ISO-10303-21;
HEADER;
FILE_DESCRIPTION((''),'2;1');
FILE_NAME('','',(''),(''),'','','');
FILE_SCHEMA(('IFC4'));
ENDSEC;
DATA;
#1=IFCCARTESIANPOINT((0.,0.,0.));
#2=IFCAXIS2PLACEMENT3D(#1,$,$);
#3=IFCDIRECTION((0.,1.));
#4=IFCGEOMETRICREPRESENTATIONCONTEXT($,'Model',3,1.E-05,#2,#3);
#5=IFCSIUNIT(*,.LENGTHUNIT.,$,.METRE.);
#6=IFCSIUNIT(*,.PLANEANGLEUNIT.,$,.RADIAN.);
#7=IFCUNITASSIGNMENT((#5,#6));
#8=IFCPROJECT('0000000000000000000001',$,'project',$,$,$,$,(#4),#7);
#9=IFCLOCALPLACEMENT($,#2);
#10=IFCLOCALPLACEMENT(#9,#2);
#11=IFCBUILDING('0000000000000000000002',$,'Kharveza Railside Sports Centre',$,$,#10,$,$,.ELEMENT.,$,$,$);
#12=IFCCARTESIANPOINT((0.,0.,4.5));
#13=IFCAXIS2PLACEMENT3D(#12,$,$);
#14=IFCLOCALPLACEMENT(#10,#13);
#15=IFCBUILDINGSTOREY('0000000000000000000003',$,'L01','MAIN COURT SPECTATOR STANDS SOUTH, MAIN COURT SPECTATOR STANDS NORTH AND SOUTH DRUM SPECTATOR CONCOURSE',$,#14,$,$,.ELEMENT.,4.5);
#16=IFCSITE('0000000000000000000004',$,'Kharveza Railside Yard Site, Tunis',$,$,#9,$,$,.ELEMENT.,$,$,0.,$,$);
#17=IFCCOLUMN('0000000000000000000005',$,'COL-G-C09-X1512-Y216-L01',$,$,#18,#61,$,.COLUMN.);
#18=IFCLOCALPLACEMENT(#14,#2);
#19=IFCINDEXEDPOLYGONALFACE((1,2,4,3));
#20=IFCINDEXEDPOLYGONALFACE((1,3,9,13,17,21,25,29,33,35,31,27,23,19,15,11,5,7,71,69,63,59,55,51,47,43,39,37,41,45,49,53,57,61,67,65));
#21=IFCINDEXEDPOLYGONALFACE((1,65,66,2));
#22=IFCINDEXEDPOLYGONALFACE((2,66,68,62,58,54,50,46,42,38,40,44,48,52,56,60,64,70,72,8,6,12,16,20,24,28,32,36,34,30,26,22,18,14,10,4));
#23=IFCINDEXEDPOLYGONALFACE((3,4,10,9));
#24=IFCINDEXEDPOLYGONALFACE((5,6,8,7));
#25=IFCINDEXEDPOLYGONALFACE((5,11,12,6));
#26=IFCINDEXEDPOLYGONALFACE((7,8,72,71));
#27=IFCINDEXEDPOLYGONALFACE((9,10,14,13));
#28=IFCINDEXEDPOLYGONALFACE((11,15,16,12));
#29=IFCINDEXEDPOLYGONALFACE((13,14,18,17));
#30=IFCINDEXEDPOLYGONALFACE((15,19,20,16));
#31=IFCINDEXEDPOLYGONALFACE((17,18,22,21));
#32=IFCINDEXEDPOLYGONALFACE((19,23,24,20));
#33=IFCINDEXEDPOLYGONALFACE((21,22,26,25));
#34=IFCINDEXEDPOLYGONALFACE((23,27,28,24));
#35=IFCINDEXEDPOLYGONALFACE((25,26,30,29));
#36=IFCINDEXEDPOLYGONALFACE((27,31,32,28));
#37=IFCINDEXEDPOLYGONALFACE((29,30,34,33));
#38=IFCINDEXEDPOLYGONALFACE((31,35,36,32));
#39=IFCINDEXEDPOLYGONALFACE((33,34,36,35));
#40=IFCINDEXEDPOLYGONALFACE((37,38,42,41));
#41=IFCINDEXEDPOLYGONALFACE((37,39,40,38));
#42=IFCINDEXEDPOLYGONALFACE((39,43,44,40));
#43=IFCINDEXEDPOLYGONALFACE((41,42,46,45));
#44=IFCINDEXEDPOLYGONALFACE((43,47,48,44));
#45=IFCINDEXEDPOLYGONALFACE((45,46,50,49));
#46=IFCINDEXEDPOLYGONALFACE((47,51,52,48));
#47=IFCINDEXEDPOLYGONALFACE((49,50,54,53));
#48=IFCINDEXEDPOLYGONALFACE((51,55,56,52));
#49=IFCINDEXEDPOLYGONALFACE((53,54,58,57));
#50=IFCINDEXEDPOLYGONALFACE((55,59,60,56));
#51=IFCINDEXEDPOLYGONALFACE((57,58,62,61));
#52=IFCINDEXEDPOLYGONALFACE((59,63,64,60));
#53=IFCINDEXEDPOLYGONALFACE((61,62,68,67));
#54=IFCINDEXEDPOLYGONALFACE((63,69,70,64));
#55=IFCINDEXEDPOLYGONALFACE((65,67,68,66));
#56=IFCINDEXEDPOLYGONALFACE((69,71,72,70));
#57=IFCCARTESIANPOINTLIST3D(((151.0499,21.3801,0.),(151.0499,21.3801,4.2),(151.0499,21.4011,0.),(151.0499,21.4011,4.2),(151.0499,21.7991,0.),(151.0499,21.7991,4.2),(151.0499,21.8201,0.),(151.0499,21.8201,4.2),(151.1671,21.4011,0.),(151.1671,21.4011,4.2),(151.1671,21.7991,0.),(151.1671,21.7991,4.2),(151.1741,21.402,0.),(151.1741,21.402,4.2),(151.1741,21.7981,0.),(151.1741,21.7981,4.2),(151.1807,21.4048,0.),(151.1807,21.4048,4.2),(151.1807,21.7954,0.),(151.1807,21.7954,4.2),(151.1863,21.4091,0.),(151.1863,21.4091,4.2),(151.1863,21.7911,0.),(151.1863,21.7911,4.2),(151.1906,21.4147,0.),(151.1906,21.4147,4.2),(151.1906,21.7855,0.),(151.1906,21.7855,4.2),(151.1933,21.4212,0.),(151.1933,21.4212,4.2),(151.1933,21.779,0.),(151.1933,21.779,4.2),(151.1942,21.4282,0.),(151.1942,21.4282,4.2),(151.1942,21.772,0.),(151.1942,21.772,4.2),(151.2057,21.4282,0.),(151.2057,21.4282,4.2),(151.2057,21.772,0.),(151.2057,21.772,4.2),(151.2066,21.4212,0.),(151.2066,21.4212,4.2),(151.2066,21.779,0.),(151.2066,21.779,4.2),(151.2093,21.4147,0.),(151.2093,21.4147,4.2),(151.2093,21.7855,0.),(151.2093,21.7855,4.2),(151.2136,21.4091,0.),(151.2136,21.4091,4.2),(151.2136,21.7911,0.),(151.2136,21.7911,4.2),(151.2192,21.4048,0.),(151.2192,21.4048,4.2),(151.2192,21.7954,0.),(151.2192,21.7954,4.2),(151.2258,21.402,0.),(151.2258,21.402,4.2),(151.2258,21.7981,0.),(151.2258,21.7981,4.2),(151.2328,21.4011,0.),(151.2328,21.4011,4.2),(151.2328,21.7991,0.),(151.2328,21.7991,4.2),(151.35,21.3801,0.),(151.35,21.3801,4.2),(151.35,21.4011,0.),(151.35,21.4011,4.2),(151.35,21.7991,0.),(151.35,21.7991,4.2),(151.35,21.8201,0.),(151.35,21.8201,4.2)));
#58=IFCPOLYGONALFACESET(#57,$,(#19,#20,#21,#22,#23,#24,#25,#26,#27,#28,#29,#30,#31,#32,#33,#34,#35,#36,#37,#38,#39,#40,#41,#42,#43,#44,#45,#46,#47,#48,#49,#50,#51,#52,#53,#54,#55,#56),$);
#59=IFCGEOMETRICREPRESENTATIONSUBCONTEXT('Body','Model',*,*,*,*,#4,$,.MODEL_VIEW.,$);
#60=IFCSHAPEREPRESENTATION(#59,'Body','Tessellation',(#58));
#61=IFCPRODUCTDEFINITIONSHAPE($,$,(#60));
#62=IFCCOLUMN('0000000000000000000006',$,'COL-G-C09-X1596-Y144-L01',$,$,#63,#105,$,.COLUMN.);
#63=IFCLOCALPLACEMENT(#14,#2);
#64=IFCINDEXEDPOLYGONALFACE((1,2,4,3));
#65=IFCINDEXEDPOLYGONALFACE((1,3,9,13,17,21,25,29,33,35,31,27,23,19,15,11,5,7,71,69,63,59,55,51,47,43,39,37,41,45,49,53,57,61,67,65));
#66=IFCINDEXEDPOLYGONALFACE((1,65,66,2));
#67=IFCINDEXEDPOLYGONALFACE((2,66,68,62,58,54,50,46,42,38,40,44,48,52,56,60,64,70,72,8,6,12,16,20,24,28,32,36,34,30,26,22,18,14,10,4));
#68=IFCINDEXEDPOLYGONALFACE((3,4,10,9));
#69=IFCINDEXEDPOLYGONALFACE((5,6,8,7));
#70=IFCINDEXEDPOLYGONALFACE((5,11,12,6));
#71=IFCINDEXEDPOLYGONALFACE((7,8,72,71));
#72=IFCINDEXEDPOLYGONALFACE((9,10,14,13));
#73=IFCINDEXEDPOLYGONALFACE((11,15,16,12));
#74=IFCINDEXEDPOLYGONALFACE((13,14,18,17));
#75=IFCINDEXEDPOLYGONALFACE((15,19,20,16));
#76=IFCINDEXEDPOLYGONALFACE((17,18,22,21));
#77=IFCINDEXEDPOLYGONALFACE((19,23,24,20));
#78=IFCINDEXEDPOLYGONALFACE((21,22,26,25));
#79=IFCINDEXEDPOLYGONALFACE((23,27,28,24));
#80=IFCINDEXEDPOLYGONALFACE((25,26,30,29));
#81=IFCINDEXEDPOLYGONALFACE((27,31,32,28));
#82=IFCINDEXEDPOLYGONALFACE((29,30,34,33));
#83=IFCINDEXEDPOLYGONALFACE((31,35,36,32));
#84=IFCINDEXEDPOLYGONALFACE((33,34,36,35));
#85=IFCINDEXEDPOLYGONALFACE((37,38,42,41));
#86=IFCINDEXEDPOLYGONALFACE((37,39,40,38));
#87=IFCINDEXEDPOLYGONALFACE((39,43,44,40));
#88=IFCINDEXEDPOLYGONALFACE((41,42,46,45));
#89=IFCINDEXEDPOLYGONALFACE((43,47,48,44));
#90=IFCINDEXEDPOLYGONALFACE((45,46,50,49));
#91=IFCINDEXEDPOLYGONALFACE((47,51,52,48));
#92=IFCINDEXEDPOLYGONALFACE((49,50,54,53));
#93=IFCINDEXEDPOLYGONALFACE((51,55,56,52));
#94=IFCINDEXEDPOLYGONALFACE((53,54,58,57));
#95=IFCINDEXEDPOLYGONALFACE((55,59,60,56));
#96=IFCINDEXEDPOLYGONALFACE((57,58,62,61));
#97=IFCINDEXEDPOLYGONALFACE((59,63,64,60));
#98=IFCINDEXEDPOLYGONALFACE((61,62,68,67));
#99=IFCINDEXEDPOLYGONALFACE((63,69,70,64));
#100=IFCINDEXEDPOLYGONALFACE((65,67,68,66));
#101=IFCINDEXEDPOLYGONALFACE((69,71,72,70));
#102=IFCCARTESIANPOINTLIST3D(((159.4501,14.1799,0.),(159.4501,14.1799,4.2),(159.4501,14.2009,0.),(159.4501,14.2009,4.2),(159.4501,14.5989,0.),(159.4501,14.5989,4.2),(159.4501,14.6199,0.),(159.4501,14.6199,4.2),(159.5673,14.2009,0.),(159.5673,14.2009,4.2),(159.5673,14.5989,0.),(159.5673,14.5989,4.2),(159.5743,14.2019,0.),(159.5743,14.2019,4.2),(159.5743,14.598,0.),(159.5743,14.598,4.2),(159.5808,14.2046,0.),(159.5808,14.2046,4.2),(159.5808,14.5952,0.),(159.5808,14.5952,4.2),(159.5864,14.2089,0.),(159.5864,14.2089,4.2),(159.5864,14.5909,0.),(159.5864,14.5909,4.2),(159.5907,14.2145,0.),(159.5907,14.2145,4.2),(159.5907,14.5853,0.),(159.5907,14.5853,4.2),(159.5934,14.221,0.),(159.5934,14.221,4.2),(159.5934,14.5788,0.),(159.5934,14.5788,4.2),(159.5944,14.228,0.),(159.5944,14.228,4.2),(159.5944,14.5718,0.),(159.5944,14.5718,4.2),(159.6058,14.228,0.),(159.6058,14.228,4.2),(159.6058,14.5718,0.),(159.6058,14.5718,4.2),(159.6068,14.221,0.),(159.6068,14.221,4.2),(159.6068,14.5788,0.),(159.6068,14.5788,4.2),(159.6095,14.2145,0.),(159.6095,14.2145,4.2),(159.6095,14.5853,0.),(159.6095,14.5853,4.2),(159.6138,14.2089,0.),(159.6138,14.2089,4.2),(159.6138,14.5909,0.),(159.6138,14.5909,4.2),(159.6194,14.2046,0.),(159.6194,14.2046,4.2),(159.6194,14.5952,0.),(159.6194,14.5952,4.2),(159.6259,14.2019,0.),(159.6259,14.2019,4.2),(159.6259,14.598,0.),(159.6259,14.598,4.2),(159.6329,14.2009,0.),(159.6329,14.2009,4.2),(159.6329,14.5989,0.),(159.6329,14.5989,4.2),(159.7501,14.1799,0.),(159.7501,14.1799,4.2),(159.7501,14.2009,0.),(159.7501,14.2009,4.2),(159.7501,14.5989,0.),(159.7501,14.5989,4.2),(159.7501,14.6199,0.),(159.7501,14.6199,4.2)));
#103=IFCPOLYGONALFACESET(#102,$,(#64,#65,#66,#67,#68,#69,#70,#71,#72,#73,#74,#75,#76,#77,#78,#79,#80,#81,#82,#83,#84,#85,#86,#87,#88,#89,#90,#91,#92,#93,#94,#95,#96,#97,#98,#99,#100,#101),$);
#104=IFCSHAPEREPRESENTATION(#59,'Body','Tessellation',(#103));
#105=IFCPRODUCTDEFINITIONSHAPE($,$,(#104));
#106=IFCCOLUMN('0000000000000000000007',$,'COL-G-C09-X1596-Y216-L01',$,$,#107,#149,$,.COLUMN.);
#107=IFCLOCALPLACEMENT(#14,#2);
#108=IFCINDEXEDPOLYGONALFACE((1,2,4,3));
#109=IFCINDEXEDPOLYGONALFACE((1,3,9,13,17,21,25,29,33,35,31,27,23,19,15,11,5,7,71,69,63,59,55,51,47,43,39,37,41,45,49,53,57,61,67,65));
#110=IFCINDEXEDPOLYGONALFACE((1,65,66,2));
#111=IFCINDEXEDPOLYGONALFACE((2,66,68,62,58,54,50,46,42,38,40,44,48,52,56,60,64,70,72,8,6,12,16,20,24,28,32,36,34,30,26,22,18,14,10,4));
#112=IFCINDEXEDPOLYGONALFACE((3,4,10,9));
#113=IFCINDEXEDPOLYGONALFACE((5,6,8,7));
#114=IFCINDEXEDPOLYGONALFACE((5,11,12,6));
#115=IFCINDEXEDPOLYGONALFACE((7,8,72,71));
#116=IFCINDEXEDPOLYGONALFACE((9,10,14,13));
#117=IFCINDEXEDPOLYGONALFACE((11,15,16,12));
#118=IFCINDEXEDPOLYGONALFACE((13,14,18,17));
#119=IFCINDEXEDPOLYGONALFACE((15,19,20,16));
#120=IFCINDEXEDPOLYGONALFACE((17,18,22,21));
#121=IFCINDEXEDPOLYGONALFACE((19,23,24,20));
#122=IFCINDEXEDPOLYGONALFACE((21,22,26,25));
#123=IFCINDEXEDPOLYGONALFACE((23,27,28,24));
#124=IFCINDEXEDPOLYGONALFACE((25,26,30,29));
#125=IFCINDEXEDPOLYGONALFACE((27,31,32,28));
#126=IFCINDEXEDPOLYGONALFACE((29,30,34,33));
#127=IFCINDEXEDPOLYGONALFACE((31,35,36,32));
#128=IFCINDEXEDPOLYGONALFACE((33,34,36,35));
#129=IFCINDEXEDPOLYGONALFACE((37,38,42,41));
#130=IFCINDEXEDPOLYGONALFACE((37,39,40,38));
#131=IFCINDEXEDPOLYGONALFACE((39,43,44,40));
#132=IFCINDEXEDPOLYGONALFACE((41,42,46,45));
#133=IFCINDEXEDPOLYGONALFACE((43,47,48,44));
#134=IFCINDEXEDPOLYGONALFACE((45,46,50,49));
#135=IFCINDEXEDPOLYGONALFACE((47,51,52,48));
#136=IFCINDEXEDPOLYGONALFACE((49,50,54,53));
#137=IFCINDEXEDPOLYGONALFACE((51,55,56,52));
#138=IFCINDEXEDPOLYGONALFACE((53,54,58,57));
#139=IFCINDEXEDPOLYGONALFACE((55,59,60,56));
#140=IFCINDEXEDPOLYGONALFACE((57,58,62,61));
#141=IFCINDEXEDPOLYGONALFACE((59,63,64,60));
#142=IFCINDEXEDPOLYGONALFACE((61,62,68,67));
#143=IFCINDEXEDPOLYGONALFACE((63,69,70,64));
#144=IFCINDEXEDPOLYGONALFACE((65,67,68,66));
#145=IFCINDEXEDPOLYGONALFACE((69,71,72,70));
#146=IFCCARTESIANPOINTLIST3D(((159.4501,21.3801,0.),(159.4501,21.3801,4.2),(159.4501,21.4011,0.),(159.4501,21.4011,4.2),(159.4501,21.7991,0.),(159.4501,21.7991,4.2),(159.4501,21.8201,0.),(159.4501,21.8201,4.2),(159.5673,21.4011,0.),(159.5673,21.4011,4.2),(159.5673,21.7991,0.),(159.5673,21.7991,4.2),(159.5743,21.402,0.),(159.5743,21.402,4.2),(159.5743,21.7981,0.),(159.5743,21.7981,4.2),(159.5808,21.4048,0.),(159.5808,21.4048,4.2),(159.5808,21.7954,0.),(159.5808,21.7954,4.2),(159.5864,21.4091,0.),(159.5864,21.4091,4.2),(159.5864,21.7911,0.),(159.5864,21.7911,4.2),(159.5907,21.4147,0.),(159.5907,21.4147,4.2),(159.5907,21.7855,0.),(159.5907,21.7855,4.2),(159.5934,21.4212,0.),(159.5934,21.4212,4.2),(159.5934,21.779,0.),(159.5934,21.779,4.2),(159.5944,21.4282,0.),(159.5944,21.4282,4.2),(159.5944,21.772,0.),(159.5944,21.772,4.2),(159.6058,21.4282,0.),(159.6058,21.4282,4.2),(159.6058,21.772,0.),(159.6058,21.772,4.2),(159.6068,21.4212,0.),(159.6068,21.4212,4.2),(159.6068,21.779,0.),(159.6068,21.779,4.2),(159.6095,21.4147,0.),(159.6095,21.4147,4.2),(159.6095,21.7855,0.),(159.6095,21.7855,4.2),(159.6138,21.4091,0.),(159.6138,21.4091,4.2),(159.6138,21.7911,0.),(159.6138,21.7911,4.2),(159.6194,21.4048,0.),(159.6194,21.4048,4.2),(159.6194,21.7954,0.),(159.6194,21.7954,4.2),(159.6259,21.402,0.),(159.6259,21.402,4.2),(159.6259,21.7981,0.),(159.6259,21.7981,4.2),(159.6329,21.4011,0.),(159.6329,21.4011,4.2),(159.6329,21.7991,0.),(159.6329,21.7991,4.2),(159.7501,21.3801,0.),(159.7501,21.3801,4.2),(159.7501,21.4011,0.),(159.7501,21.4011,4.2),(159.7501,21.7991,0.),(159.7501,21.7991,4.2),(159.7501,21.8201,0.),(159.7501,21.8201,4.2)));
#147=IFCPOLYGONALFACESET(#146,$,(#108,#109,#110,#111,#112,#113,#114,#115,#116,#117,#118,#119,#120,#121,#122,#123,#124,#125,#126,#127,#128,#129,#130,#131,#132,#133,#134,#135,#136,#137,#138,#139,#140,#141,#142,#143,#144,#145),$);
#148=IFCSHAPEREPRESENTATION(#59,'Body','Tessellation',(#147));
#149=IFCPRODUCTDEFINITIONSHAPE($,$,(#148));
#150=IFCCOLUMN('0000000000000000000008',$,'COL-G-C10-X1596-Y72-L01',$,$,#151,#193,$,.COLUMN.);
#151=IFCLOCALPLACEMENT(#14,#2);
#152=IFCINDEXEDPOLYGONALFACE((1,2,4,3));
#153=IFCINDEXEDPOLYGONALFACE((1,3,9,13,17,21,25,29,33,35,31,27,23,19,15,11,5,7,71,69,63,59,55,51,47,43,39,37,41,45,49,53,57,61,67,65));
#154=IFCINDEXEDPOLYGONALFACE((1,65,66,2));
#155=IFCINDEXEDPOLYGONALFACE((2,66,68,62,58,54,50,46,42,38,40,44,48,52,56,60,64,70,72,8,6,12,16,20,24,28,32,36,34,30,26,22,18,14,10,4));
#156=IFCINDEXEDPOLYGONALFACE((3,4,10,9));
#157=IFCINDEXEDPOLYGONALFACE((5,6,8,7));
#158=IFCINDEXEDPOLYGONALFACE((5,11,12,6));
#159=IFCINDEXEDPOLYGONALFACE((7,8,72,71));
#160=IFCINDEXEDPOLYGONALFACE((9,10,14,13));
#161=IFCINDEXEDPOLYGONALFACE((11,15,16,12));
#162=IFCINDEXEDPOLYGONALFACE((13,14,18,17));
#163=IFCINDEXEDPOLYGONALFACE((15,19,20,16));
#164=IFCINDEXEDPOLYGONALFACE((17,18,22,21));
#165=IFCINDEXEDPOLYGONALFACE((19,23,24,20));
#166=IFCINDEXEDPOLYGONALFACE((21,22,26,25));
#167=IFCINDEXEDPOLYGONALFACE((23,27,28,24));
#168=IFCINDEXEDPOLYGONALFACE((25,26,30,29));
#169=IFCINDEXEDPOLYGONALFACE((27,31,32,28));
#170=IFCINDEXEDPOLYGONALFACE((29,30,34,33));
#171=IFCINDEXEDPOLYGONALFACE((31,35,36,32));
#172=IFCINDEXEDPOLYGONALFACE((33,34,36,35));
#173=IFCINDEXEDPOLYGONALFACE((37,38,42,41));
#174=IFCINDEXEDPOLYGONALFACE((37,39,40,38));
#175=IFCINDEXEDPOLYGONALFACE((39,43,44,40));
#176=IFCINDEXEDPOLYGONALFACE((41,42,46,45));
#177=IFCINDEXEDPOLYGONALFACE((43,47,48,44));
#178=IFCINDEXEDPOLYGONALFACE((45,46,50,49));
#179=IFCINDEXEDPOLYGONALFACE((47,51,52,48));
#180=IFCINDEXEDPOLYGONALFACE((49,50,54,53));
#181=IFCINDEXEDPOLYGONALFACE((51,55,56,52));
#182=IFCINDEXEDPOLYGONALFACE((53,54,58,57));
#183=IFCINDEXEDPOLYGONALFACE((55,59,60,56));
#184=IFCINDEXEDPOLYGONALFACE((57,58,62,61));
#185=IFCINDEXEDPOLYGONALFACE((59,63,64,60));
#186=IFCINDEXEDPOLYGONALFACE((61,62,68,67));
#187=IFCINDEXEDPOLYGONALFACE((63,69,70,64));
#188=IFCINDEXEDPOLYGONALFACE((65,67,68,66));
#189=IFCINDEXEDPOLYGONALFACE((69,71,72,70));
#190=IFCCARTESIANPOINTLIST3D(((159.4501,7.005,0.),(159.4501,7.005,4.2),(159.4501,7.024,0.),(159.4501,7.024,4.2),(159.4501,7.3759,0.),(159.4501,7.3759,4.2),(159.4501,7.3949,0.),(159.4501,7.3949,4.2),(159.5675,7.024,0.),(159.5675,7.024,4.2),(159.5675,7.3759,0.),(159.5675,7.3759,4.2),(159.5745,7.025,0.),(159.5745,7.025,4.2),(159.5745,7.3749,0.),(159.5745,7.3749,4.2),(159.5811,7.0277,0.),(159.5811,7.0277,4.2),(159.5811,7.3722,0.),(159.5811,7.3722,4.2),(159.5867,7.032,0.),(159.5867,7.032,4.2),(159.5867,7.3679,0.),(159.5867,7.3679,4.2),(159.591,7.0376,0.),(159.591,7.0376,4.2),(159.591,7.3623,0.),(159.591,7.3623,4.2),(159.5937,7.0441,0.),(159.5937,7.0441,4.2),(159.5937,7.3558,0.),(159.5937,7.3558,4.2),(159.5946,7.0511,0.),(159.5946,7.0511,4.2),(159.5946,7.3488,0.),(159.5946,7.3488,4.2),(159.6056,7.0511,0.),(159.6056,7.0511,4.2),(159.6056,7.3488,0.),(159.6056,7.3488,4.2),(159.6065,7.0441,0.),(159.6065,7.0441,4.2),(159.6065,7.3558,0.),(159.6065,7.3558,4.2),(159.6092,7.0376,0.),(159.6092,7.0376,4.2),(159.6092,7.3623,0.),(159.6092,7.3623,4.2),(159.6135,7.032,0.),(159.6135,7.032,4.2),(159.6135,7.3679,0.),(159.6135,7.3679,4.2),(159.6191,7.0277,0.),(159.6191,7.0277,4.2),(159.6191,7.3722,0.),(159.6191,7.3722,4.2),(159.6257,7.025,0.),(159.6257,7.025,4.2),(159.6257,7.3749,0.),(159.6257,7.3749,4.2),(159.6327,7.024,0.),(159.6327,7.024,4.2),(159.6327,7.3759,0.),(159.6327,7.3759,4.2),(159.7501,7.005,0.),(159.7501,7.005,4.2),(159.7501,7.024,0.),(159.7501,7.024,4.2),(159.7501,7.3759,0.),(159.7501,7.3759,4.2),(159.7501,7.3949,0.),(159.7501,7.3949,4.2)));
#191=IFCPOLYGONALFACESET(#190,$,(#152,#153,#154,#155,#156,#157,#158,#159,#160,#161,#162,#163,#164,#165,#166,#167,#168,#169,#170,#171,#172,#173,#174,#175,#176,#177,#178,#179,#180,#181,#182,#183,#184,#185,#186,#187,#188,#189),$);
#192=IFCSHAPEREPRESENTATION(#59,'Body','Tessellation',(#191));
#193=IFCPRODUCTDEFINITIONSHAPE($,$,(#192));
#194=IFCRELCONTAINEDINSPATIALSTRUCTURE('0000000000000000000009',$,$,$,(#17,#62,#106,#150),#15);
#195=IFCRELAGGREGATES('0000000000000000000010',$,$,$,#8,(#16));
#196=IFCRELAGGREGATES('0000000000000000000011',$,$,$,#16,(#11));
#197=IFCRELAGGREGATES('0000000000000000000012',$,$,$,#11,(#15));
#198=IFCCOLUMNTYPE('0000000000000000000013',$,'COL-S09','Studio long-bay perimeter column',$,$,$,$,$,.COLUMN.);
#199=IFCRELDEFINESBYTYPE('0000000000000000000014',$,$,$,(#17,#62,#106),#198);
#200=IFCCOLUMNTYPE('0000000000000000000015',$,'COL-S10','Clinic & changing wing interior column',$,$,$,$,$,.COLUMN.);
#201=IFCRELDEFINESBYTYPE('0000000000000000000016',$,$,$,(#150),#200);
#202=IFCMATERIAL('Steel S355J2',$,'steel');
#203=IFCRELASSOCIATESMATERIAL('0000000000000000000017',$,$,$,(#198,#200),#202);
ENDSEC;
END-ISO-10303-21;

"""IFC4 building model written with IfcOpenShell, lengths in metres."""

from ifc_helpers import new_model, si_unit, direction, frame, origin, origin_2d, place, context, subcontext, project, spatial, i_section, extrude, material, material_profile, profile_set, type_object, element, save


model = new_model("IFC4")

# Units and contexts
model_context = context("Model", 3, precision=1e-05, world=origin(), true_north=direction((0.0, 1.0)))
body_context = subcontext(model_context, "Body", "Model", "MODEL_VIEW")
ifc_project = project(units=[si_unit("LENGTHUNIT", "METRE"), si_unit("PLANEANGLEUNIT", "RADIAN")], contexts=[model_context])

# Site, building, storey
site_placement = place(None, origin())
site = spatial("IfcSite", under=ifc_project, at=site_placement, Name="Kharveza Railside Yard Site, Tunis", CompositionType="ELEMENT", RefElevation=0.0)
building_placement = place(site_placement, origin())
building = spatial("IfcBuilding", under=site, at=building_placement, Name="Kharveza Railside Sports Centre", CompositionType="ELEMENT")
storey_placement = place(building_placement, frame((0.0, 0.0, 4.5)))
storey = spatial("IfcBuildingStorey", under=building, at=storey_placement, Name="L01", Description="MAIN COURT SPECTATOR STANDS SOUTH, MAIN COURT SPECTATOR STANDS NORTH AND SOUTH DRUM SPECTATOR CONCOURSE", CompositionType="ELEMENT", Elevation=4.5)

# Columns
ifc_material_1 = material(Name="Steel S355J2", Category="steel")
ifc_material_profile_1 = material_profile(ifc_material_1, i_section(OverallWidth=0.3, OverallDepth=0.4399, WebThickness=0.0115, FlangeThickness=0.021, FilletRadius=0.0271, at=origin_2d()), Name="HEA 450")
ifc_profile_set_1 = profile_set([ifc_material_profile_1], Name="Steel S355J2")
column_type_1 = type_object("IfcColumnType", Name="COL-S09", Description="Studio long-bay perimeter column", PredefinedType="COLUMN", material=ifc_profile_set_1)
for number, where, z_axis, x_axis, name in (
    (1, (151.2, 21.6001, 0.0), (0.0, 0.0, 1.0), (1.0, 0.0, 0.0), "COL-G-C09-X1512-Y216-L01"),
    (2, (159.6001, 14.3999, 0.0), (0.0, 0.0, 1.0), (1.0, 0.0, 0.0), "COL-G-C09-X1596-Y144-L01"),
    (3, (159.6001, 21.6001, 0.0), (0.0, 0.0, 1.0), (1.0, 0.0, 0.0), "COL-G-C09-X1596-Y216-L01"),
):
    element("IfcColumn", number, at=place(storey_placement, frame(where, z_axis=z_axis, x_axis=x_axis)), inside=storey, type_object=column_type_1, Name=name, PredefinedType="COLUMN", context=body_context, shape_type="SweptSolid", body=[
        extrude(i_section(OverallWidth=0.3, OverallDepth=0.4399, WebThickness=0.0115, FlangeThickness=0.021, FilletRadius=0.0271, at=origin_2d()), origin(), (0.0, 0.0, 1.0), 4.2),
    ])
ifc_material_profile_2 = material_profile(ifc_material_1, i_section(OverallWidth=0.3, OverallDepth=0.3899, WebThickness=0.011, FlangeThickness=0.019, FilletRadius=0.0271, at=origin_2d()), Name="HEA 400")
ifc_profile_set_2 = profile_set([ifc_material_profile_2], Name="Steel S355J2")
column_type_2 = type_object("IfcColumnType", Name="COL-S10", Description="Clinic & changing wing interior column", PredefinedType="COLUMN", material=ifc_profile_set_2)
column_placement = place(storey_placement, frame((159.6001, 7.2, 0.0), z_axis=(0.0, 0.0, 1.0), x_axis=(1.0, 0.0, 0.0)))
element("IfcColumn", 4, at=column_placement, inside=storey, type_object=column_type_2, Name="COL-G-C10-X1596-Y72-L01", PredefinedType="COLUMN", context=body_context, shape_type="SweptSolid", body=[
    extrude(i_section(OverallWidth=0.3, OverallDepth=0.3899, WebThickness=0.011, FlangeThickness=0.019, FilletRadius=0.0271, at=origin_2d()), origin(), (0.0, 0.0, 1.0), 4.2),
])

save(model, "model.ifc")
